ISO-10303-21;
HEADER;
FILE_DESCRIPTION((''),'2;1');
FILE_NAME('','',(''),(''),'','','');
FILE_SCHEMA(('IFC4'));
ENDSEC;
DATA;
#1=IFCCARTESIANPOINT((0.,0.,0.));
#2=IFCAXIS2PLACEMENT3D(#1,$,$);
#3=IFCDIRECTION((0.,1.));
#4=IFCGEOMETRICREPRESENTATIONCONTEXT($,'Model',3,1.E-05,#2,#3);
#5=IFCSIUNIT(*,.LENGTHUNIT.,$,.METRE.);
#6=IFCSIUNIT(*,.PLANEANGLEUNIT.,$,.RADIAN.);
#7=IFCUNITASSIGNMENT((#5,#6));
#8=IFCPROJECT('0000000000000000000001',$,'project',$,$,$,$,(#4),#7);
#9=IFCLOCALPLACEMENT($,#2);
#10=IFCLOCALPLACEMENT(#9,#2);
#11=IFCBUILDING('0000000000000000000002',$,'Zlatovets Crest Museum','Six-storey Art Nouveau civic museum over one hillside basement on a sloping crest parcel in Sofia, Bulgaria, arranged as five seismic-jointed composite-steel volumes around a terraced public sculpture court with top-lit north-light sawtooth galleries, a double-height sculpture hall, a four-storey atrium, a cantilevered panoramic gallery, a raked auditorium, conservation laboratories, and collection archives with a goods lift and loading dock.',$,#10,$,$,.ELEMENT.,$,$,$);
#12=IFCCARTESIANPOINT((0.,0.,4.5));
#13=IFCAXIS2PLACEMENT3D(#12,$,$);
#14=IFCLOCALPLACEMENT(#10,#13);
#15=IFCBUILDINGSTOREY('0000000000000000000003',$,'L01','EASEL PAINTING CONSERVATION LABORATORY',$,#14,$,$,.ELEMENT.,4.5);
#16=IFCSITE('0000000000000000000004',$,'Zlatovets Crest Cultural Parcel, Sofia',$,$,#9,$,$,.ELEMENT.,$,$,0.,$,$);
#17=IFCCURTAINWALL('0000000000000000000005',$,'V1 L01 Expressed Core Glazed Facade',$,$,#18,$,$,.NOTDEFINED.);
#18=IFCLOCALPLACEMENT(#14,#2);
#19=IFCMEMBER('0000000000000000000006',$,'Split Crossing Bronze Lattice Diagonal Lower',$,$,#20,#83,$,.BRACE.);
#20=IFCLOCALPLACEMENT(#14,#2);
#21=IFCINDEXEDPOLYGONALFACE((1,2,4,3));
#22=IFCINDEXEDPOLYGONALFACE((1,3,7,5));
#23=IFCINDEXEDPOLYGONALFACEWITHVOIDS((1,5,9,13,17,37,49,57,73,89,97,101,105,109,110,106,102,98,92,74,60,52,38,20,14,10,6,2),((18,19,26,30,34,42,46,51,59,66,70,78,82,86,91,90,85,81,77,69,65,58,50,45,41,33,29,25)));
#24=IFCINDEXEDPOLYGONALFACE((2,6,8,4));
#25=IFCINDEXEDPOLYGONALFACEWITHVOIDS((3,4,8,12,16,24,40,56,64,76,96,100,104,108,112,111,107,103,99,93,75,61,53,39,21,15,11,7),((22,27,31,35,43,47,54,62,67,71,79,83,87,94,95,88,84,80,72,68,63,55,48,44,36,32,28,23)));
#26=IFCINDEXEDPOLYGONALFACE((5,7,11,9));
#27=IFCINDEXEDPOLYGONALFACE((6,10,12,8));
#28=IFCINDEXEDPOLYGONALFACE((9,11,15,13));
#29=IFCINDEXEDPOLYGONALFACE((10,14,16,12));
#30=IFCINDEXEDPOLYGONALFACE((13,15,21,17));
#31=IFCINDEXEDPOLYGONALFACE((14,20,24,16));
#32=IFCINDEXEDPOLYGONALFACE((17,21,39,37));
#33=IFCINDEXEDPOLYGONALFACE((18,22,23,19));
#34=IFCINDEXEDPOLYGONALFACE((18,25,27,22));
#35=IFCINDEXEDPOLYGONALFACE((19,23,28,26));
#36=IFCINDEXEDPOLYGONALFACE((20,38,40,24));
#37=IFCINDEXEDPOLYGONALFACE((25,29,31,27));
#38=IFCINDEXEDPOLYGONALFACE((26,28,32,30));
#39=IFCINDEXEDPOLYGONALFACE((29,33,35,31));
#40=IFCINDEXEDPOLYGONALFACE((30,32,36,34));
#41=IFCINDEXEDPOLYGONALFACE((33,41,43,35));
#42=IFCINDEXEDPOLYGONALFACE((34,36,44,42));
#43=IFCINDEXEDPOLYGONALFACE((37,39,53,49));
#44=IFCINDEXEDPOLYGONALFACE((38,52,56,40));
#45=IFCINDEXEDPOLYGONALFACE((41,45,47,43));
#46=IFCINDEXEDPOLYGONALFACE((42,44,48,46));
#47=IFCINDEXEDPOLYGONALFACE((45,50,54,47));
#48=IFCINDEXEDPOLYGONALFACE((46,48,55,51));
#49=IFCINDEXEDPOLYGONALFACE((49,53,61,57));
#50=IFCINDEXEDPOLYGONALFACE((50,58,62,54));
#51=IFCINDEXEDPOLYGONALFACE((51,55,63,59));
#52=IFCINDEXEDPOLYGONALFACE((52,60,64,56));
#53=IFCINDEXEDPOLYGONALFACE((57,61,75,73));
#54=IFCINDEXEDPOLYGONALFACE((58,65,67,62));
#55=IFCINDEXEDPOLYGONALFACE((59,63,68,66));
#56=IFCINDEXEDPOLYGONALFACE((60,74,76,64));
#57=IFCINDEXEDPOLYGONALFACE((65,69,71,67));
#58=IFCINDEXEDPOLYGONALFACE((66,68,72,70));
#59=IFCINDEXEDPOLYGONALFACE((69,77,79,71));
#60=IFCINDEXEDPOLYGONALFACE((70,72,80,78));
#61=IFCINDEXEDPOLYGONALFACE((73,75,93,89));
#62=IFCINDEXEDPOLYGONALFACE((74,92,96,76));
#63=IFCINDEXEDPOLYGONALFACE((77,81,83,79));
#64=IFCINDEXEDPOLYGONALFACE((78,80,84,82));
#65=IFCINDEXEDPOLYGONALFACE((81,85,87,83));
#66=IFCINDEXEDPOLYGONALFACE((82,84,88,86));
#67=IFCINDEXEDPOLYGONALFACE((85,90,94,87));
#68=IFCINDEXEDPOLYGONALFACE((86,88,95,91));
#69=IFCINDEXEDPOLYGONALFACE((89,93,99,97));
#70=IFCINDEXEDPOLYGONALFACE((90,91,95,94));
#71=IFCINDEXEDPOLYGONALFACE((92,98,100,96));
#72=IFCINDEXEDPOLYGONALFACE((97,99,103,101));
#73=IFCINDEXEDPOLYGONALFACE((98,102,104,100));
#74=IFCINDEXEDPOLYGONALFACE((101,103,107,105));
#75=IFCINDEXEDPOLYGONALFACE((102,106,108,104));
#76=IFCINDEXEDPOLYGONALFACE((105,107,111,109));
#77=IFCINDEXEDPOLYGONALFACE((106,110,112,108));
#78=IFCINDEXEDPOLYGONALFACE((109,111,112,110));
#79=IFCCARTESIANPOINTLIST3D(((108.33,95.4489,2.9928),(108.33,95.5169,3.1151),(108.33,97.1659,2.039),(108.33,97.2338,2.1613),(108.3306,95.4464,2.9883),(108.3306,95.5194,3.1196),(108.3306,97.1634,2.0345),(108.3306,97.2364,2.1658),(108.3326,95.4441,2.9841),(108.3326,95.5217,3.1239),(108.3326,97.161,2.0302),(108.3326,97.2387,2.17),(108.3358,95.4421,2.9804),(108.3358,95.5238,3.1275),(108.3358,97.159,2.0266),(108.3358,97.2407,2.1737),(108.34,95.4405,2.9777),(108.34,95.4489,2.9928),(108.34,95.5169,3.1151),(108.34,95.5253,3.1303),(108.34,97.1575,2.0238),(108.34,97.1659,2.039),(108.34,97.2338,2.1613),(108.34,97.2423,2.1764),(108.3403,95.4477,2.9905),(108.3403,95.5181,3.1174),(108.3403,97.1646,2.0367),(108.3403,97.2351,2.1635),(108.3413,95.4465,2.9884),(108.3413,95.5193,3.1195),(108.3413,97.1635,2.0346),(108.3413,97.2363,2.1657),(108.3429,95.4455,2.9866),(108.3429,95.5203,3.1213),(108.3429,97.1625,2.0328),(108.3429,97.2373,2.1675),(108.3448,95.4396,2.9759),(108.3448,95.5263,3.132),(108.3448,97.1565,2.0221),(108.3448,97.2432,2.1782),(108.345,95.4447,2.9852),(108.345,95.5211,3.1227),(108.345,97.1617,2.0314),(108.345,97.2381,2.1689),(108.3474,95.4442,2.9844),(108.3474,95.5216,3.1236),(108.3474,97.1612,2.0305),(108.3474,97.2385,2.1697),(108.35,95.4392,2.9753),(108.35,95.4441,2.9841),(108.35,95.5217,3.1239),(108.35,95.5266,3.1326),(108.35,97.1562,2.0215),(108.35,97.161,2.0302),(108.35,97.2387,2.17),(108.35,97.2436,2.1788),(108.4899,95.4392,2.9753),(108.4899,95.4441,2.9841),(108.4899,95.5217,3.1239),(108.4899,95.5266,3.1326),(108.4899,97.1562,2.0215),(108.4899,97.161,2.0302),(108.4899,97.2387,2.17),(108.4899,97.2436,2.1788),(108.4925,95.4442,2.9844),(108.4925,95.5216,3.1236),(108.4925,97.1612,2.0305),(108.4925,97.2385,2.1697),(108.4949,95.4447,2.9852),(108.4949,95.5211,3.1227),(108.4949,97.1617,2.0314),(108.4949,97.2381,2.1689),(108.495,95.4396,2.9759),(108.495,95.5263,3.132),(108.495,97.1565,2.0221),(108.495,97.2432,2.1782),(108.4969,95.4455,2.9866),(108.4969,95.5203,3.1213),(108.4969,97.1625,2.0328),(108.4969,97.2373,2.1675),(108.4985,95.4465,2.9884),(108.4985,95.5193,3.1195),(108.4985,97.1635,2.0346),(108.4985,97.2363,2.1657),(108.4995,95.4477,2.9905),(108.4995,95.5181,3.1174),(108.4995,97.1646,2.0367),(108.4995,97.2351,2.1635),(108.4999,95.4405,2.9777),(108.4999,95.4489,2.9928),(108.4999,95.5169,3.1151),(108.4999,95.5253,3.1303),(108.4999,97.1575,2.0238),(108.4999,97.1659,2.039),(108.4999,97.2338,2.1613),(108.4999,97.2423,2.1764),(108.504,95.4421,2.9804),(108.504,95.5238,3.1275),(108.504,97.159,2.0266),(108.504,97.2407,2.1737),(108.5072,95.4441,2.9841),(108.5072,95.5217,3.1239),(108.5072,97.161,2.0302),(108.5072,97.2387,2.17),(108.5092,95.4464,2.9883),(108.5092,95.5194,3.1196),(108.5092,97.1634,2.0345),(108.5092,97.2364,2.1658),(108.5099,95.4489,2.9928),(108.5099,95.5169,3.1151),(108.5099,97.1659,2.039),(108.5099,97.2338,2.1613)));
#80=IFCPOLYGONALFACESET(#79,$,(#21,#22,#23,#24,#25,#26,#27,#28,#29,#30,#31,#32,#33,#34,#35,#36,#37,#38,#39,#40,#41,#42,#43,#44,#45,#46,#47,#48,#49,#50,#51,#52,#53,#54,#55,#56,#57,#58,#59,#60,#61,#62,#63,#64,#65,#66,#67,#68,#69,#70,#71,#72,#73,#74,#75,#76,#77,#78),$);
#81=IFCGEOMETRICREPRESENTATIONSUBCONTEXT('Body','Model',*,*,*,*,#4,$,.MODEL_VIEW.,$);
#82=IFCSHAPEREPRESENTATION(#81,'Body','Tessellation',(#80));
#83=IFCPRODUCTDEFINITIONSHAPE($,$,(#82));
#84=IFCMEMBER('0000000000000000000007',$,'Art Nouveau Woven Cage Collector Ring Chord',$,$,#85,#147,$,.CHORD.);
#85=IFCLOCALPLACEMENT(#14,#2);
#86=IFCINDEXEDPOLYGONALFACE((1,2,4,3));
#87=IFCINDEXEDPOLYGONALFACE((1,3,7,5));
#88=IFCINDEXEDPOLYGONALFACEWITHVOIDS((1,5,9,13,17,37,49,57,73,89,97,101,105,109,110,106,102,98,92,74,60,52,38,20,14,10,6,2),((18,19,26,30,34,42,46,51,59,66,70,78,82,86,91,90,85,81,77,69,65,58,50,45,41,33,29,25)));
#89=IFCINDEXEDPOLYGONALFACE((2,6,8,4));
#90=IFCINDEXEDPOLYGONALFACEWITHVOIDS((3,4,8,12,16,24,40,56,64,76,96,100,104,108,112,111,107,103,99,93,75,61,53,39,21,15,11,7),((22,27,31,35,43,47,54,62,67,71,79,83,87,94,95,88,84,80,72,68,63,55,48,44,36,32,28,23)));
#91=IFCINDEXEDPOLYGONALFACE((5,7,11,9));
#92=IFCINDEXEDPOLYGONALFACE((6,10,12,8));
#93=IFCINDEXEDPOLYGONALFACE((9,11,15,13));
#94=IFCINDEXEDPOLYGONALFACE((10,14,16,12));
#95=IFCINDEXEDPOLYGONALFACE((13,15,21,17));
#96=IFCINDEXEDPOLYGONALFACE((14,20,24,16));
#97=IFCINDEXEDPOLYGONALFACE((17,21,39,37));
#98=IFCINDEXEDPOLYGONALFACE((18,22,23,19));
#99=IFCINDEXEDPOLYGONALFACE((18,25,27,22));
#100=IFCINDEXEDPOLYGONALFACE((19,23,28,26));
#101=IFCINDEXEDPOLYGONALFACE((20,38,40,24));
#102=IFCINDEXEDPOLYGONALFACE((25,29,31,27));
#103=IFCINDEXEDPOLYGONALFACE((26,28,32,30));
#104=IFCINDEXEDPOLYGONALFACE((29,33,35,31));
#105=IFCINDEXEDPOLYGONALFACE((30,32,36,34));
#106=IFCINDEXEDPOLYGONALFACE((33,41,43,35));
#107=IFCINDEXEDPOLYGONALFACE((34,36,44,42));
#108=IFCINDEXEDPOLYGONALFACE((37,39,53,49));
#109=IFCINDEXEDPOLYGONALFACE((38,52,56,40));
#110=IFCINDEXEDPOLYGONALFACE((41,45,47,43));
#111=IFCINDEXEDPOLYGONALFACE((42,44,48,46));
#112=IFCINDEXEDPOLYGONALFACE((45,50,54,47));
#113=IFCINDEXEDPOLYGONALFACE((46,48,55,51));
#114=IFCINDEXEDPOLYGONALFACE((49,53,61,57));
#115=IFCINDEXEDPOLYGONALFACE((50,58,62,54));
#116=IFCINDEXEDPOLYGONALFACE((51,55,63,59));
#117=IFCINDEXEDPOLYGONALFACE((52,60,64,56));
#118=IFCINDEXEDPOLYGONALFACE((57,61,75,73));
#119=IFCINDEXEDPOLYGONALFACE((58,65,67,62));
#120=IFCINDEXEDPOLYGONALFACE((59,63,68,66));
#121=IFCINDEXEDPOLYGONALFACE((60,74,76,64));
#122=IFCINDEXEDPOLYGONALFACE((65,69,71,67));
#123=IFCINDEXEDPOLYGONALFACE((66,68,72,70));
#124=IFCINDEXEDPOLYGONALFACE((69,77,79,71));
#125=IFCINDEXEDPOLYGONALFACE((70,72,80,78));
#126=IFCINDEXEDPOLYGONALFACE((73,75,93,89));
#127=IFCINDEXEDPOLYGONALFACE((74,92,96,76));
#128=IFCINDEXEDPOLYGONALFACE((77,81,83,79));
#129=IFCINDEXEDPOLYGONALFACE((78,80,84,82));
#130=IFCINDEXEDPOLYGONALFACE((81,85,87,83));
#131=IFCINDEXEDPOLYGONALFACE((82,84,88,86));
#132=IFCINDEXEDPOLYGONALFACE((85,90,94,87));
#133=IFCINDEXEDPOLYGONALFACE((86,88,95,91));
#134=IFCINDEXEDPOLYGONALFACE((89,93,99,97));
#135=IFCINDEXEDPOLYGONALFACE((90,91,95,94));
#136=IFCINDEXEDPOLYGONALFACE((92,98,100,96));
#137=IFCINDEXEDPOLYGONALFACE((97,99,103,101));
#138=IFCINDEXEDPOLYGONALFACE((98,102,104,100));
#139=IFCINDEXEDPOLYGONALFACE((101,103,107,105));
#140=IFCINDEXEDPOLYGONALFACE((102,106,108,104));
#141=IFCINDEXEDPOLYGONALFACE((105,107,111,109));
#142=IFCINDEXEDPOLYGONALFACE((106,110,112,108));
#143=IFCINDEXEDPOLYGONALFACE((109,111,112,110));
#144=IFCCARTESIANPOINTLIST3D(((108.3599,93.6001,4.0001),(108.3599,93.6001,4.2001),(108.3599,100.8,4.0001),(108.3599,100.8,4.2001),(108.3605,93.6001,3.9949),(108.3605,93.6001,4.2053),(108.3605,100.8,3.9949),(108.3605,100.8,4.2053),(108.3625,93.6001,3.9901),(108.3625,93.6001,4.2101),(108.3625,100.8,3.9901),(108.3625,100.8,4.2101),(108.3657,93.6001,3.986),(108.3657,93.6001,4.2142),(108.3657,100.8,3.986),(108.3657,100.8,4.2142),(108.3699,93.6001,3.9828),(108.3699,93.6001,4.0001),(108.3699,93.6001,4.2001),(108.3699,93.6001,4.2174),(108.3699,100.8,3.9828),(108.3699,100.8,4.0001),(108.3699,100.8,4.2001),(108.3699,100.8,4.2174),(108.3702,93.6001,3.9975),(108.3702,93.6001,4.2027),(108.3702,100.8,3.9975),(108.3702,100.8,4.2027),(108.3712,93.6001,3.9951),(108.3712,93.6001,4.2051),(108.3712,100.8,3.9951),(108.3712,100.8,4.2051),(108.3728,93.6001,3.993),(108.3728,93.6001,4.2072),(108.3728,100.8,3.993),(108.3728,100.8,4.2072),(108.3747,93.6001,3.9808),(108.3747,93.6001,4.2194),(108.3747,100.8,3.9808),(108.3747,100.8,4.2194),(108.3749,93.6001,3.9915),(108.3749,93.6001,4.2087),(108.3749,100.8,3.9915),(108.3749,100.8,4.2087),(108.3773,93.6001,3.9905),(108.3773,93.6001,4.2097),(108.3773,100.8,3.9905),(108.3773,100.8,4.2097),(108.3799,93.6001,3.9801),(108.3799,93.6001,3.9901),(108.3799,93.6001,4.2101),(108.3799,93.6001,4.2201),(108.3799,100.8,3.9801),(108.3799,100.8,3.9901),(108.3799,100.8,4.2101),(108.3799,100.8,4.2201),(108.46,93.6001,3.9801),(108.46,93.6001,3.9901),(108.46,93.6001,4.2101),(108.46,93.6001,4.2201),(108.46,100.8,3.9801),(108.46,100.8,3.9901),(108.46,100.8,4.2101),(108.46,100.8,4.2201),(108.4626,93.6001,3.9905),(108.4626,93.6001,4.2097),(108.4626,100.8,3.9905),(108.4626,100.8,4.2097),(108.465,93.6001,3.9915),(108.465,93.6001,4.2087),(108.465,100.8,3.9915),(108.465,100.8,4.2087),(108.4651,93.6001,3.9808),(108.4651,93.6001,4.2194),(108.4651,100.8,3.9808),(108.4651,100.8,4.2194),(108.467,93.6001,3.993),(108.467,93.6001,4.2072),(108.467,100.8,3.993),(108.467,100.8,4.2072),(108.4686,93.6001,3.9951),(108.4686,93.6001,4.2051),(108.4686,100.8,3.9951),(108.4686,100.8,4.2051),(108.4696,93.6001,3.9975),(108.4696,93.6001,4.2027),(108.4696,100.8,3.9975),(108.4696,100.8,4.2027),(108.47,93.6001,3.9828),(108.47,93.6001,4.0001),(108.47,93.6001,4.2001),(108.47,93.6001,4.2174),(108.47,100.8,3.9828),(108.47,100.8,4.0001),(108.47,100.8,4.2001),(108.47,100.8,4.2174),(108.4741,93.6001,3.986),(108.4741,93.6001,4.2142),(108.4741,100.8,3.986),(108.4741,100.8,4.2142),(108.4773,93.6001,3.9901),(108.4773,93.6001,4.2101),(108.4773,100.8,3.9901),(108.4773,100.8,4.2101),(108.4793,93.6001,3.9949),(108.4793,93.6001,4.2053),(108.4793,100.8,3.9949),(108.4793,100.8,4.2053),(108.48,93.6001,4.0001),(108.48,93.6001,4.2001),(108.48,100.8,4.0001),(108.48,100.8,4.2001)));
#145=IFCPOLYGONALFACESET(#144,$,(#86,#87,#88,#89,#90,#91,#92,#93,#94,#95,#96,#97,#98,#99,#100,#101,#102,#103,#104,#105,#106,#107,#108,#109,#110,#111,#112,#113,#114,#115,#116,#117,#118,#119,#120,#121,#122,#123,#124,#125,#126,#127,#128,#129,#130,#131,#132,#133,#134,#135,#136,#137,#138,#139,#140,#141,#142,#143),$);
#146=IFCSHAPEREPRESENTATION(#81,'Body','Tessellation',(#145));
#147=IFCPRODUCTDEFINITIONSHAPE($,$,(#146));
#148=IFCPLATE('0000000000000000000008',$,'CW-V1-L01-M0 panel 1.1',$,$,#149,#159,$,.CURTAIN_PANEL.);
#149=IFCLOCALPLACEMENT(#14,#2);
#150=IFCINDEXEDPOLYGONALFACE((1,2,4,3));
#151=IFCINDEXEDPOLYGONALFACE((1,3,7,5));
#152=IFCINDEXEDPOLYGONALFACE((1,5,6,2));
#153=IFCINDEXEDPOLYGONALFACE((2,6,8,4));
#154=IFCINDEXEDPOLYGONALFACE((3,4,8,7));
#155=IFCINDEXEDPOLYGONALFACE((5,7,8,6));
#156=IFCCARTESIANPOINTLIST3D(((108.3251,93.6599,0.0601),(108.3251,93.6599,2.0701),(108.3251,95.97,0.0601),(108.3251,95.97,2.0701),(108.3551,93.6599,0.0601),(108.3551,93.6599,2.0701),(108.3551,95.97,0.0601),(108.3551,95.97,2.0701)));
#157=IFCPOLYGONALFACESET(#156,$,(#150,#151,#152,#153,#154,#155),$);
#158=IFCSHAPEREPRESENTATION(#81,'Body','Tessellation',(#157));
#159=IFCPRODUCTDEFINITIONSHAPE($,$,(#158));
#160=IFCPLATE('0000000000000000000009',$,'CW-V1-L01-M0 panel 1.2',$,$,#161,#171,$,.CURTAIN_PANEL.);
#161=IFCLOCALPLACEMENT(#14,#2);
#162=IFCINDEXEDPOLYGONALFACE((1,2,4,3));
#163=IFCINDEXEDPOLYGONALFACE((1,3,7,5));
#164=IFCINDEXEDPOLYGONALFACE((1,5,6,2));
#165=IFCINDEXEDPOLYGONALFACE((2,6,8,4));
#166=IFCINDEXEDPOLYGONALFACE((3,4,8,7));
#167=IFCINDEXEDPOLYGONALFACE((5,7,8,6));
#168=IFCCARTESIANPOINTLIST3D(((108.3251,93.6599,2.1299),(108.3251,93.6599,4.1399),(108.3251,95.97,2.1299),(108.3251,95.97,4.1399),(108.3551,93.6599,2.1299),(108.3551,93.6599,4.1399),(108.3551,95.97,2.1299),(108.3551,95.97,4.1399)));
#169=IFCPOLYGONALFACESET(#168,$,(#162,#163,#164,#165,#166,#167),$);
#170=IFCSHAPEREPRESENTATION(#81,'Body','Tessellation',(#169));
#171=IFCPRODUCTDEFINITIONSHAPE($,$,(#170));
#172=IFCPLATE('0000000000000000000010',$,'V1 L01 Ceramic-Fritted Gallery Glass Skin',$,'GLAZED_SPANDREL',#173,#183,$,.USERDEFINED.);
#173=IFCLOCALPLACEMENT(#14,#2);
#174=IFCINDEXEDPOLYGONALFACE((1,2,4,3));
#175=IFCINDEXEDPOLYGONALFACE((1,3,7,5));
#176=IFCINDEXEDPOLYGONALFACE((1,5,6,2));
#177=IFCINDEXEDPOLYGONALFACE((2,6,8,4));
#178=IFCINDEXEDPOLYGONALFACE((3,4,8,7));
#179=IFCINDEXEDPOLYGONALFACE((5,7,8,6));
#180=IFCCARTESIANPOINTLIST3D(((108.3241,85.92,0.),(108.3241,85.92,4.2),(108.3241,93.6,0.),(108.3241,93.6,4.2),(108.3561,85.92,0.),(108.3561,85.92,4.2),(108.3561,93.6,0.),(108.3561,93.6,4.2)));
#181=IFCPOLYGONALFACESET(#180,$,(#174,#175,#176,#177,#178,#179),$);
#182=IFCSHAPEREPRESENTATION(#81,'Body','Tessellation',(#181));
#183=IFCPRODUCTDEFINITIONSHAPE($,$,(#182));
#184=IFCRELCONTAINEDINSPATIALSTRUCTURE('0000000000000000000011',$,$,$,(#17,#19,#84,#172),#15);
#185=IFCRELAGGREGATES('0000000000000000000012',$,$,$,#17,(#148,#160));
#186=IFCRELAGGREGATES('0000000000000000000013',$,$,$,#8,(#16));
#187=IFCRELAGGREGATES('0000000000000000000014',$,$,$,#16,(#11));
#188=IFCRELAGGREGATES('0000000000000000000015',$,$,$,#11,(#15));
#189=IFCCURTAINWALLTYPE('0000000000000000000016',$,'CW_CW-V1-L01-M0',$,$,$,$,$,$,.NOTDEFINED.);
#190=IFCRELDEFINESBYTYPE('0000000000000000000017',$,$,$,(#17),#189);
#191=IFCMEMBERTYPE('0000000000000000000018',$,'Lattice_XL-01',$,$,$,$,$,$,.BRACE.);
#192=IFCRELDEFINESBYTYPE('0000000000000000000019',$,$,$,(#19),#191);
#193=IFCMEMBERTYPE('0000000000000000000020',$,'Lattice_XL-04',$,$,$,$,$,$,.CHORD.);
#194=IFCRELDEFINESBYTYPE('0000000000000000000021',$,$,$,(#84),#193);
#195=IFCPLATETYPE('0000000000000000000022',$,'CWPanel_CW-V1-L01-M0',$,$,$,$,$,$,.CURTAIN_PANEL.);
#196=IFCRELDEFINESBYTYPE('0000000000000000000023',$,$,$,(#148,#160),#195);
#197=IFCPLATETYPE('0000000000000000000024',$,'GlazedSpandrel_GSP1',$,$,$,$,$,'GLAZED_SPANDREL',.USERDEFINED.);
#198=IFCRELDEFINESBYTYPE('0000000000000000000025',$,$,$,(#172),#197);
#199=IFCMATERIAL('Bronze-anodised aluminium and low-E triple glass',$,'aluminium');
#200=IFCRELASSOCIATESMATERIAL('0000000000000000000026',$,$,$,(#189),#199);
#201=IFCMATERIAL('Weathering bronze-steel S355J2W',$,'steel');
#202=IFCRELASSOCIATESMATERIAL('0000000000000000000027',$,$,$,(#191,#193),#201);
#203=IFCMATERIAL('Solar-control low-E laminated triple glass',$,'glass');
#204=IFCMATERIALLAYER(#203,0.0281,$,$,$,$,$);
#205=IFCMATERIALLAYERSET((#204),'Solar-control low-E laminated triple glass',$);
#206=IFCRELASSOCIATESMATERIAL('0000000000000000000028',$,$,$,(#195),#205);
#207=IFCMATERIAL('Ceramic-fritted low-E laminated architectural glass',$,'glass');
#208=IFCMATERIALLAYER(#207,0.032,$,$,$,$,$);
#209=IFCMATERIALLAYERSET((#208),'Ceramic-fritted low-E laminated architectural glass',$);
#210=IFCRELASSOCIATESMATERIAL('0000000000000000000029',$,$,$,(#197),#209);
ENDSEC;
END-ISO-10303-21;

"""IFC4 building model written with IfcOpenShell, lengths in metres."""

from ifc_helpers import new_model, si_unit, direction, frame, origin, origin_2d, place, context, subcontext, project, spatial, rectangle, hollow_rectangle, extrude, material, layer, layer_set, material_profile, profile_set, type_object, element, aggregate, save


model = new_model("IFC4")

# Units and contexts
model_context = context("Model", 3, precision=1e-05, world=origin(), true_north=direction((0.0, 1.0)))
body_context = subcontext(model_context, "Body", "Model", "MODEL_VIEW")
ifc_project = project(units=[si_unit("LENGTHUNIT", "METRE"), si_unit("PLANEANGLEUNIT", "RADIAN")], contexts=[model_context])

# Site, building, storey
site_placement = place(None, origin())
site = spatial("IfcSite", under=ifc_project, at=site_placement, Name="Zlatovets Crest Cultural Parcel, Sofia", CompositionType="ELEMENT", RefElevation=0.0)
building_placement = place(site_placement, origin())
building = spatial("IfcBuilding", under=site, at=building_placement, Name="Zlatovets Crest Museum", Description="Six-storey Art Nouveau civic museum over one hillside basement on a sloping crest parcel in Sofia, Bulgaria, arranged as five seismic-jointed composite-steel volumes around a terraced public sculpture court with top-lit north-light sawtooth galleries, a double-height sculpture hall, a four-storey atrium, a cantilevered panoramic gallery, a raked auditorium, conservation laboratories, and collection archives with a goods lift and loading dock.", CompositionType="ELEMENT")
storey_placement = place(building_placement, frame((0.0, 0.0, 4.5)))
storey = spatial("IfcBuildingStorey", under=building, at=storey_placement, Name="L01", Description="EASEL PAINTING CONSERVATION LABORATORY", CompositionType="ELEMENT", Elevation=4.5)

# Curtain wall
ifc_material_1 = material(Name="Bronze-anodised aluminium and low-E triple glass", Category="aluminium")
curtain_wall_type = type_object("IfcCurtainWallType", Name="CW_CW-V1-L01-M0", PredefinedType="NOTDEFINED", material=ifc_material_1)
curtain_wall_placement = place(storey_placement, origin())
curtain_wall = element("IfcCurtainWall", 1, at=curtain_wall_placement, inside=storey, type_object=curtain_wall_type, Name="V1 L01 Expressed Core Glazed Facade", PredefinedType="NOTDEFINED")

# Members
ifc_material_2 = material(Name="Weathering bronze-steel S355J2W", Category="steel")
ifc_material_profile_1 = material_profile(ifc_material_2, hollow_rectangle(XDim=0.1799, YDim=0.1799, WallThickness=0.01, InnerFilletRadius=0.01, OuterFilletRadius=0.02, at=origin_2d()), Name="SHS 180x180x10.0")
ifc_profile_set_1 = profile_set([ifc_material_profile_1], Name="Weathering bronze-steel S355J2W")
member_type_1 = type_object("IfcMemberType", Name="Lattice_XL-01", PredefinedType="BRACE", material=ifc_profile_set_1)
for number, where, z_axis, x_axis, name in (
    (2, (108.4199, 95.4829, 3.054), (0.0, 0.874169, -0.485622), (-1.0, 0.0, 0.0), "Split Crossing Bronze Lattice Diagonal Lower"),
):
    element("IfcMember", number, at=place(storey_placement, frame(where, z_axis=z_axis, x_axis=x_axis)), inside=storey, type_object=member_type_1, Name=name, PredefinedType="BRACE", context=body_context, shape_type="SweptSolid", body=[
        extrude(hollow_rectangle(XDim=0.1799, YDim=0.1799, WallThickness=0.01, InnerFilletRadius=0.01, OuterFilletRadius=0.02, at=origin_2d()), origin(), (0.0, 0.0, 1.0), 1.9641),
    ])
ifc_material_profile_2 = material_profile(ifc_material_2, hollow_rectangle(XDim=0.1201, YDim=0.24, WallThickness=0.01, InnerFilletRadius=0.01, OuterFilletRadius=0.02, at=origin_2d()), Name="RHS 120x240x10.0")
ifc_profile_set_2 = profile_set([ifc_material_profile_2], Name="Weathering bronze-steel S355J2W")
member_type_2 = type_object("IfcMemberType", Name="Lattice_XL-04", PredefinedType="CHORD", material=ifc_profile_set_2)
member_1_placement = place(storey_placement, frame((108.4199, 93.6001, 4.1001), z_axis=(0.0, 1.0, 0.0), x_axis=(-1.0, 0.0, 0.0)))
element("IfcMember", 3, at=member_1_placement, inside=storey, type_object=member_type_2, Name="Art Nouveau Woven Cage Collector Ring Chord", PredefinedType="CHORD", context=body_context, shape_type="SweptSolid", body=[
    extrude(hollow_rectangle(XDim=0.1201, YDim=0.24, WallThickness=0.01, InnerFilletRadius=0.01, OuterFilletRadius=0.02, at=origin_2d()), origin(), (0.0, 0.0, 1.0), 7.2),
])

# Plates
ifc_material_3 = material(Name="Solar-control low-E laminated triple glass", Category="glass")
ifc_layer_1 = layer(ifc_material_3, 0.0281)
ifc_layer_set_1 = layer_set([ifc_layer_1], Name="Solar-control low-E laminated triple glass")
plate_type_1 = type_object("IfcPlateType", Name="CWPanel_CW-V1-L01-M0", PredefinedType="CURTAIN_PANEL", material=ifc_layer_set_1)
plate_1_placement = place(storey_placement, frame((108.3401, 94.8149, 0.0601), z_axis=(0.0, 0.0, 1.0), x_axis=(0.0, 1.0, 0.0)))
plate_1 = element("IfcPlate", 4, at=plate_1_placement, type_object=plate_type_1, Name="CW-V1-L01-M0 panel 1.1", PredefinedType="CURTAIN_PANEL", context=body_context, shape_type="SweptSolid", body=[
    extrude(rectangle(XDim=2.3101, YDim=0.03, at=origin_2d()), origin(), (0.0, 0.0, 1.0), 2.01),
])
plate_2_placement = place(storey_placement, frame((108.3401, 94.8149, 2.1299), z_axis=(0.0, 0.0, 1.0), x_axis=(0.0, 1.0, 0.0)))
plate_2 = element("IfcPlate", 5, at=plate_2_placement, type_object=plate_type_1, Name="CW-V1-L01-M0 panel 1.2", PredefinedType="CURTAIN_PANEL", context=body_context, shape_type="SweptSolid", body=[
    extrude(rectangle(XDim=2.3101, YDim=0.03, at=origin_2d()), origin(), (0.0, 0.0, 1.0), 2.01),
])
aggregate(curtain_wall, [plate_1, plate_2])

# Plate
ifc_material_4 = material(Name="Ceramic-fritted low-E laminated architectural glass", Category="glass")
ifc_layer_2 = layer(ifc_material_4, 0.032)
ifc_layer_set_2 = layer_set([ifc_layer_2], Name="Ceramic-fritted low-E laminated architectural glass")
plate_type_2 = type_object("IfcPlateType", Name="GlazedSpandrel_GSP1", ElementType="GLAZED_SPANDREL", PredefinedType="USERDEFINED", material=ifc_layer_set_2)
plate_3_placement = place(storey_placement, frame((108.3401, 89.76, 0.0), z_axis=(0.0, 0.0, 1.0), x_axis=(0.0, 1.0, 0.0)))
element("IfcPlate", 6, at=plate_3_placement, inside=storey, type_object=plate_type_2, Name="V1 L01 Ceramic-Fritted Gallery Glass Skin", ObjectType="GLAZED_SPANDREL", PredefinedType="USERDEFINED", context=body_context, shape_type="SweptSolid", body=[
    extrude(rectangle(XDim=7.6799, YDim=0.032, at=origin_2d()), origin(), (0.0, 0.0, 1.0), 4.2),
])

save(model, "model.ifc")
